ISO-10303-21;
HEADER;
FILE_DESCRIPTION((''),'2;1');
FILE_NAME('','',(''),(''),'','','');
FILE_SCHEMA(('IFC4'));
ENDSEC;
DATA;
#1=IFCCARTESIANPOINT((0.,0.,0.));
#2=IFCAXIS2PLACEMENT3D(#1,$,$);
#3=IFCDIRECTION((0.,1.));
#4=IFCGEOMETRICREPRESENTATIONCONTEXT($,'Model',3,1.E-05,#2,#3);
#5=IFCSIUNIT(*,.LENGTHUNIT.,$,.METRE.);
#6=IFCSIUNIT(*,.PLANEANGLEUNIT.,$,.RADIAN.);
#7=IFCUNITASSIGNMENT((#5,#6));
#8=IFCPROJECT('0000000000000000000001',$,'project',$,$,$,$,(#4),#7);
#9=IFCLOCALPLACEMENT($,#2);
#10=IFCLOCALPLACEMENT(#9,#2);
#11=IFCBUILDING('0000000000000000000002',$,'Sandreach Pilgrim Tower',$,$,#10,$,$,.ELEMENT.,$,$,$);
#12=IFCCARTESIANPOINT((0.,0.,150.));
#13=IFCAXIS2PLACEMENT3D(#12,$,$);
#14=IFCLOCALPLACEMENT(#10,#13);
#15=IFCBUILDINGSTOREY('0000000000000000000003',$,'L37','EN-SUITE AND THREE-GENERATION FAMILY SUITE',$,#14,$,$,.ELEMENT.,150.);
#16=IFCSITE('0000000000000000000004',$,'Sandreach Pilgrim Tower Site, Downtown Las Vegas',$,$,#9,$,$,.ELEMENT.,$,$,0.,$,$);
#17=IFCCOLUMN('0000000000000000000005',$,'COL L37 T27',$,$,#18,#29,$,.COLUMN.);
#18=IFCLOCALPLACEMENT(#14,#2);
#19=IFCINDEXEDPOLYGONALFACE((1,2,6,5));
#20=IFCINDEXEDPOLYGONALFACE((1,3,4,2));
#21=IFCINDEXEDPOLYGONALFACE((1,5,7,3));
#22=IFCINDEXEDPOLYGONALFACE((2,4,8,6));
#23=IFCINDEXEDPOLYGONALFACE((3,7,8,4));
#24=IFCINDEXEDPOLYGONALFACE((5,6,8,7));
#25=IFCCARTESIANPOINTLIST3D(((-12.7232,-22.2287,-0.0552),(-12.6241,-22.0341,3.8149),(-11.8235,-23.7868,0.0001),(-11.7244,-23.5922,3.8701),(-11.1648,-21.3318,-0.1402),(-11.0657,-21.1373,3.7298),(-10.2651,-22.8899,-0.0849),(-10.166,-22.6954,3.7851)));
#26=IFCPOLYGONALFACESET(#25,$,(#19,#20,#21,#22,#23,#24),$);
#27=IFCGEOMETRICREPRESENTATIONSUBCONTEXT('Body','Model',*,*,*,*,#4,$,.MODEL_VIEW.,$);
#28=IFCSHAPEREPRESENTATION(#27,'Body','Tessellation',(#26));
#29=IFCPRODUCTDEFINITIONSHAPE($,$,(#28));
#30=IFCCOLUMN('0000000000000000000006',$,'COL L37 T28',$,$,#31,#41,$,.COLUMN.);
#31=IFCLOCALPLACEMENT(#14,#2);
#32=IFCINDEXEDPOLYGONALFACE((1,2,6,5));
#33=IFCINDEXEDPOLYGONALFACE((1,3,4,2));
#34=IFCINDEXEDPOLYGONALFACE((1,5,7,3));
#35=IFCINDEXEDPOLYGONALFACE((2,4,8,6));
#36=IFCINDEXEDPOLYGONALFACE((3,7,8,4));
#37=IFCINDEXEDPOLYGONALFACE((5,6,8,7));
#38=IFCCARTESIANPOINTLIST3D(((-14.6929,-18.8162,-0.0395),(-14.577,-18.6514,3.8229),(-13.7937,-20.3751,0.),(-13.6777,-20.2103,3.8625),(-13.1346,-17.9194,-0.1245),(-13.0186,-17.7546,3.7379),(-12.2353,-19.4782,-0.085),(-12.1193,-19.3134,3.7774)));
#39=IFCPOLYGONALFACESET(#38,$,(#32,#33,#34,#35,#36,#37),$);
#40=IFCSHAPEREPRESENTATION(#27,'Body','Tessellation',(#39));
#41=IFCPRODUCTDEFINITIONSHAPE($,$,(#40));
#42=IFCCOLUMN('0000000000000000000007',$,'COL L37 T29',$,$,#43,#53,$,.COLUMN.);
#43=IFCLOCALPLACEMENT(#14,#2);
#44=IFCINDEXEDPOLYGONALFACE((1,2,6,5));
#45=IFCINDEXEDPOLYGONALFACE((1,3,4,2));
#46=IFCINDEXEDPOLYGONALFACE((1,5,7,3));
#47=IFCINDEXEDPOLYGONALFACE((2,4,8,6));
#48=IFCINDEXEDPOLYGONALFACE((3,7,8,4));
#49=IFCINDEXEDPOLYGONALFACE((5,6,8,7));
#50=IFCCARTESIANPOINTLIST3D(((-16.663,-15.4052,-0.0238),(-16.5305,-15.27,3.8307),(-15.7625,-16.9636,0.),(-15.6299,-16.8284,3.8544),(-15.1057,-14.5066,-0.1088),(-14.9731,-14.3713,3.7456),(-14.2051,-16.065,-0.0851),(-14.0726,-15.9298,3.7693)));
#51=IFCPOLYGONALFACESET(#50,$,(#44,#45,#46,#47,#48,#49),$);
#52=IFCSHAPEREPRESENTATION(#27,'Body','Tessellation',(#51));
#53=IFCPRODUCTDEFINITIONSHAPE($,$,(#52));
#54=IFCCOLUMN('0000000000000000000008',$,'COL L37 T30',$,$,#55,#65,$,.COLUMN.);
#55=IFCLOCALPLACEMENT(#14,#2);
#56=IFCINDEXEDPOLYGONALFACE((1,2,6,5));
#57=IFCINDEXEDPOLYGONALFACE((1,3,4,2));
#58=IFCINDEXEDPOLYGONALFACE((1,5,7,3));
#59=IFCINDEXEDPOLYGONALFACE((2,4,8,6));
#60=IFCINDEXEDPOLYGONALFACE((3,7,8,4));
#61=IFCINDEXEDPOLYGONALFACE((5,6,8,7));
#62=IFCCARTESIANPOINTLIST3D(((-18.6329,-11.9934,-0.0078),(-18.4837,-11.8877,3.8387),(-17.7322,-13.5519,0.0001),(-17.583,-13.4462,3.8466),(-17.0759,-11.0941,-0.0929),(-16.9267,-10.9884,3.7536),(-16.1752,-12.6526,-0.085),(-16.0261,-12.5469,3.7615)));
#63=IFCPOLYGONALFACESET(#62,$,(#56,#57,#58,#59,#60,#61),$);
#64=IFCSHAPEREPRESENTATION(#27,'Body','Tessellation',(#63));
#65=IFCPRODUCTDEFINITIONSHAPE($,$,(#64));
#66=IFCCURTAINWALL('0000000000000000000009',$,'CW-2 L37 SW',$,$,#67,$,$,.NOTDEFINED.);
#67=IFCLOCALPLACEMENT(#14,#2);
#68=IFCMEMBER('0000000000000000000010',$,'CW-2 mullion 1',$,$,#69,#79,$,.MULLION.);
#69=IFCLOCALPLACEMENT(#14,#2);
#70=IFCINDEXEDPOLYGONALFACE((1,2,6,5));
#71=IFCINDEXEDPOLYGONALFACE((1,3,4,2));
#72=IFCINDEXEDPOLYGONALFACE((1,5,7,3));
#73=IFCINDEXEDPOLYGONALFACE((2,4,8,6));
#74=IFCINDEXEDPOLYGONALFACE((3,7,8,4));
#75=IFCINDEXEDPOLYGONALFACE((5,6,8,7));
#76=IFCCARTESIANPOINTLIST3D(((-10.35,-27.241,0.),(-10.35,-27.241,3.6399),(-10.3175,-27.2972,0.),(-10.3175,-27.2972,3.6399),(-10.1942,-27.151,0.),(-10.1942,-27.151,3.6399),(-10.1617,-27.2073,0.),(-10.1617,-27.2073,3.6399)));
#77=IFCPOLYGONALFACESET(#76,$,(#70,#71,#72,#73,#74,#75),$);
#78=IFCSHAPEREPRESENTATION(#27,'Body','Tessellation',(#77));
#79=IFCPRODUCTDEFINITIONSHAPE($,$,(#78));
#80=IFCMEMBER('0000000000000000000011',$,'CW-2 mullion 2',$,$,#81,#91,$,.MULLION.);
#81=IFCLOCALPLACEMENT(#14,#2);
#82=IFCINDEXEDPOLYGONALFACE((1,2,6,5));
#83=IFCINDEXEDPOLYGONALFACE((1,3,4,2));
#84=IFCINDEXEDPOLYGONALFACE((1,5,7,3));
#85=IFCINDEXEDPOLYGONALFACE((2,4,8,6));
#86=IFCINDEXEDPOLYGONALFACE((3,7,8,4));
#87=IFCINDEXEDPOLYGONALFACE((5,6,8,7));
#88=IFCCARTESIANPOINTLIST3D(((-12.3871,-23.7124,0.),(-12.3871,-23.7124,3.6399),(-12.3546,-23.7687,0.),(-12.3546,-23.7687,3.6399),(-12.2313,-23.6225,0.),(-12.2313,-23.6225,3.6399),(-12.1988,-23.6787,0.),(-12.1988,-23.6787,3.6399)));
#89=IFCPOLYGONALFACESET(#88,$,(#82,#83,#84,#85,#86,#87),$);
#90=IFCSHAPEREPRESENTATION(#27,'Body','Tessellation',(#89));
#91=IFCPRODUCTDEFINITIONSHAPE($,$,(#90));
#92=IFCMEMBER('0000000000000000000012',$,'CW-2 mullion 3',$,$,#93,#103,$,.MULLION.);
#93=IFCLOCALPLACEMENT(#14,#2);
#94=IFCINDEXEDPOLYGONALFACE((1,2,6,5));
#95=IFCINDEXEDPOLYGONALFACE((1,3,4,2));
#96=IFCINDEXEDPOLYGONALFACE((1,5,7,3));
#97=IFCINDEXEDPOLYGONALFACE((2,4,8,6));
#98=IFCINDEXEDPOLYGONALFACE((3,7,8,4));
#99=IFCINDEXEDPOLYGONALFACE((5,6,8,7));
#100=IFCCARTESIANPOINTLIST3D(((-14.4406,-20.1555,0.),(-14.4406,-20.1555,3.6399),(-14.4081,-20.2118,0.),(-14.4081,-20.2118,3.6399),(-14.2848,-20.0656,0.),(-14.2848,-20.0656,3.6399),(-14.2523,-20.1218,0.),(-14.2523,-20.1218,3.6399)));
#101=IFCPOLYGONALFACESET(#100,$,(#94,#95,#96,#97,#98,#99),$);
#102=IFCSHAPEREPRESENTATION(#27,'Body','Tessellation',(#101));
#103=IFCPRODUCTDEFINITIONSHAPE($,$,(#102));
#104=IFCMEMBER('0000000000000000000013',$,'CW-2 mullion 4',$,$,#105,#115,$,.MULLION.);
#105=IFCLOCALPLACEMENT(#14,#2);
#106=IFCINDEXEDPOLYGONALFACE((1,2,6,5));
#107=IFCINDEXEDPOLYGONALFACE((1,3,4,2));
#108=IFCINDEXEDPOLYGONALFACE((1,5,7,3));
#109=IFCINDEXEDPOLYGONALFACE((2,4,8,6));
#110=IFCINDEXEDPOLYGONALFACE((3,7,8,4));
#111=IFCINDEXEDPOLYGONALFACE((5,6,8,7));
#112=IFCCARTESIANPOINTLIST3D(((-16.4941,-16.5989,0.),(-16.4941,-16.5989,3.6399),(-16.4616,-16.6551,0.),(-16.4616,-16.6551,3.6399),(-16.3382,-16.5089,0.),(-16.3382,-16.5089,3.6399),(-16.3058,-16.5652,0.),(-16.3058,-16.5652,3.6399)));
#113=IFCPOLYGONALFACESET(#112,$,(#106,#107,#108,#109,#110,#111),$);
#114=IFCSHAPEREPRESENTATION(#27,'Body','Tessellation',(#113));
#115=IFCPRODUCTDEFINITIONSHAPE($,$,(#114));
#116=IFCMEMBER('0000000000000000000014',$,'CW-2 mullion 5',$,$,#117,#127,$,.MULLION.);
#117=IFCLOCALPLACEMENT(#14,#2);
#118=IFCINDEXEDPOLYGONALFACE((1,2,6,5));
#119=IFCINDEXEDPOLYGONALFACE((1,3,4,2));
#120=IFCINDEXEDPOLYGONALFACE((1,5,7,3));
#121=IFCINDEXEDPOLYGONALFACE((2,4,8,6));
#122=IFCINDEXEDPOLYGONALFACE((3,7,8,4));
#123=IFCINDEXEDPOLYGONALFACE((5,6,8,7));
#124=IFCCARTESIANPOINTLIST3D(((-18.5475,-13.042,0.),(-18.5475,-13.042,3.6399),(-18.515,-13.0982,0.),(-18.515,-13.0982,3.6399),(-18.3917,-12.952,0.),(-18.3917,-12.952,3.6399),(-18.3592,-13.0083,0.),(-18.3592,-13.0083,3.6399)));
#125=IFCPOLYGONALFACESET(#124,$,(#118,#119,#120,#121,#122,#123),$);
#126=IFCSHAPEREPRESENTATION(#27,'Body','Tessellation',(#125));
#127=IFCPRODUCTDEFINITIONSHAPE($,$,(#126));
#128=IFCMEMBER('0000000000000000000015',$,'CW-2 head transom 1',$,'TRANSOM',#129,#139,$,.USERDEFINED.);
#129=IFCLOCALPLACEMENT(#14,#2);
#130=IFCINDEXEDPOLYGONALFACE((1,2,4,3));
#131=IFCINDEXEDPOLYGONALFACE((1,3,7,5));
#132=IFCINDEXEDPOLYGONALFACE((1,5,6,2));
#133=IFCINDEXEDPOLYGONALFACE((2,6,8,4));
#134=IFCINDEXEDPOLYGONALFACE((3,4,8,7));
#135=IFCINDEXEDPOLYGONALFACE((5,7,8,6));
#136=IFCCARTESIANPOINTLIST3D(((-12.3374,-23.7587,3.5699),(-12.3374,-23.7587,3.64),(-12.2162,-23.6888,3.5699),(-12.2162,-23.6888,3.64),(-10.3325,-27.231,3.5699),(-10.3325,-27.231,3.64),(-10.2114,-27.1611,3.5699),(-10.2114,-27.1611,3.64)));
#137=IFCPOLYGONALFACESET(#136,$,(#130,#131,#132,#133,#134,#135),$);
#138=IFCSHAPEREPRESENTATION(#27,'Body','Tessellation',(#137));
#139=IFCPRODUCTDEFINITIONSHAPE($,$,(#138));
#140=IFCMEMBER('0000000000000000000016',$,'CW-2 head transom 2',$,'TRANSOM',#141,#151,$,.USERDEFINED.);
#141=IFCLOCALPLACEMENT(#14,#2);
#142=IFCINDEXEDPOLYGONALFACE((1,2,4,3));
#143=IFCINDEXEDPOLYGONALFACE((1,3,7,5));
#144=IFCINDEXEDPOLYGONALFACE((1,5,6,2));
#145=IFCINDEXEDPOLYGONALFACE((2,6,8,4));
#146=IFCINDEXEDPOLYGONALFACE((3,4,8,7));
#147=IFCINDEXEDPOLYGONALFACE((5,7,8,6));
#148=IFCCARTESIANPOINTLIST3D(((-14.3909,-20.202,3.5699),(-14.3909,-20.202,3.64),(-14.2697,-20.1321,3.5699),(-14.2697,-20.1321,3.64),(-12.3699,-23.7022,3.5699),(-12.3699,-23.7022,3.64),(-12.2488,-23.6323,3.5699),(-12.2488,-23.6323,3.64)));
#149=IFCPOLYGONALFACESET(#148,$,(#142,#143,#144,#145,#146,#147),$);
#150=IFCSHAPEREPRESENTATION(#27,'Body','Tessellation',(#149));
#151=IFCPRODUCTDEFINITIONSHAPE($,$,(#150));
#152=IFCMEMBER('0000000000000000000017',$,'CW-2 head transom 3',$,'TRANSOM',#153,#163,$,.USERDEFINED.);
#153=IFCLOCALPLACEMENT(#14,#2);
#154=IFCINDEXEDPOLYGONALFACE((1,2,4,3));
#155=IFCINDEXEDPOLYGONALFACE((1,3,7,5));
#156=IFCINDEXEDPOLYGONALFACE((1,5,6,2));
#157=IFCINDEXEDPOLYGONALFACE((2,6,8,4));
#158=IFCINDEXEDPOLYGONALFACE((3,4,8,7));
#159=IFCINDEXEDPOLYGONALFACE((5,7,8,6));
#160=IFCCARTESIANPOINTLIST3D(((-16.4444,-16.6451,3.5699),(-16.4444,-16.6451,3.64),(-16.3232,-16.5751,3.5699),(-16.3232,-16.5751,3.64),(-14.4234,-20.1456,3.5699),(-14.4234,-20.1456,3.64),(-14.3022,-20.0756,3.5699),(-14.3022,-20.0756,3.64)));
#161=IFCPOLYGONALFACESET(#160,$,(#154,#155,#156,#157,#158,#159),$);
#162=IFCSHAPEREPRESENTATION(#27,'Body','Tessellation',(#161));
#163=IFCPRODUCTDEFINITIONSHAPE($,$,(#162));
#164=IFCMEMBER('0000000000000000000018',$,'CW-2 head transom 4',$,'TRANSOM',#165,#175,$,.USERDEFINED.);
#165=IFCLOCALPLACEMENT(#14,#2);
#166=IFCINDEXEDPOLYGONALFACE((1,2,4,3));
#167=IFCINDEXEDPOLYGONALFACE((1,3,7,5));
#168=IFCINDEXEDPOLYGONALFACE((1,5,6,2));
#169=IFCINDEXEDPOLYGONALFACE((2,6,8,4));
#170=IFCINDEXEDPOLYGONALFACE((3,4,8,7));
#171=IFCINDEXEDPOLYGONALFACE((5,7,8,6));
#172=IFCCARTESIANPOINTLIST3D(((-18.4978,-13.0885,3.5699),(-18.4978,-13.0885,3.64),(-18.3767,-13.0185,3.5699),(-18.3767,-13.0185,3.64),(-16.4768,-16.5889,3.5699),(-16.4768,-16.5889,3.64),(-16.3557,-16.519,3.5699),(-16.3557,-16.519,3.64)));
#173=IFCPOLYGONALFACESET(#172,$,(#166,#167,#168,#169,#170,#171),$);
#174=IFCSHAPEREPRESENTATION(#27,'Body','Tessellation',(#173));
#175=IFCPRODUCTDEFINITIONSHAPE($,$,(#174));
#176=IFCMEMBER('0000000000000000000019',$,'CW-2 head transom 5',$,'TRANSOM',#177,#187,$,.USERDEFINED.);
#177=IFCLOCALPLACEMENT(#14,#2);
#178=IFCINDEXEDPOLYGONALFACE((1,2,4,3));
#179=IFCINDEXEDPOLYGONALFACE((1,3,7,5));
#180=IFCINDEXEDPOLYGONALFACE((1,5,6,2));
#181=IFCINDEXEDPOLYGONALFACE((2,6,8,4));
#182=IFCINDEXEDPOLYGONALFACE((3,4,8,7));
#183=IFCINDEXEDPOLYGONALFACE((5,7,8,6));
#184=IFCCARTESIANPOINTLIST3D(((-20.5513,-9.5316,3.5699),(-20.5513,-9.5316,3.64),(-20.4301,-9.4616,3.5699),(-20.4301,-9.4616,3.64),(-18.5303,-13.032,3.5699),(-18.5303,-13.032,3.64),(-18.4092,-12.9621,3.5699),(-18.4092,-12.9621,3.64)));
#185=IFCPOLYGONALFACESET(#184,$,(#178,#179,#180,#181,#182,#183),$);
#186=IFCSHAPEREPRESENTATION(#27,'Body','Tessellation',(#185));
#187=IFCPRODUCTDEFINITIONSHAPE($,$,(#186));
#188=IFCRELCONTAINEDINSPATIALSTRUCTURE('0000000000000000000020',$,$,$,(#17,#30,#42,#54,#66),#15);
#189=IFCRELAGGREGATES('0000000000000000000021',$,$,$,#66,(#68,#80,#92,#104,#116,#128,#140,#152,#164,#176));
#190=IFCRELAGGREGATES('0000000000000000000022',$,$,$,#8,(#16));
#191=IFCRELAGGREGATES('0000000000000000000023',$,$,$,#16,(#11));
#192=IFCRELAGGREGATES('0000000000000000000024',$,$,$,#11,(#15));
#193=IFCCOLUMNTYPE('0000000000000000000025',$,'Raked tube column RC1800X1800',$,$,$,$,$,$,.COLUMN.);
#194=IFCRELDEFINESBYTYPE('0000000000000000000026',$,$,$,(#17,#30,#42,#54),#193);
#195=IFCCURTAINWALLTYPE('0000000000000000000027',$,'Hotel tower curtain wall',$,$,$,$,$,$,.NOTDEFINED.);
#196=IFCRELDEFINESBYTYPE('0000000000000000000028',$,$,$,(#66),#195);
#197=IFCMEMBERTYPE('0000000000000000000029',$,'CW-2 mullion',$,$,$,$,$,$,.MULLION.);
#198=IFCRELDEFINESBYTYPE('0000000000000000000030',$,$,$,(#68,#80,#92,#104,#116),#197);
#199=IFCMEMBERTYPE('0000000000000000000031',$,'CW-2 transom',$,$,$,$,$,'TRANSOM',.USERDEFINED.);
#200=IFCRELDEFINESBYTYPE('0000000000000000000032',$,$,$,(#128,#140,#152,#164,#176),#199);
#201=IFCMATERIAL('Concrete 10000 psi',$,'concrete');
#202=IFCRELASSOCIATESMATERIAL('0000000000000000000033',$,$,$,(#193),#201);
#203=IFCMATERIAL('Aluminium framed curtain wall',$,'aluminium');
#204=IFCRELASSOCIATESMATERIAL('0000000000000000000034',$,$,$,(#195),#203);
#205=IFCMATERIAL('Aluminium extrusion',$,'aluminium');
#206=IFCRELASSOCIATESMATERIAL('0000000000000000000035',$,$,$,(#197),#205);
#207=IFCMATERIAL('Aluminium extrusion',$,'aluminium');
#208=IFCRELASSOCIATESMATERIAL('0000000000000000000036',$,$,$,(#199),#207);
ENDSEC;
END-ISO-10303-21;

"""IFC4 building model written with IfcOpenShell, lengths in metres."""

from ifc_helpers import new_model, si_unit, direction, frame, origin, origin_2d, place, context, subcontext, project, spatial, rectangle, extrude, material, material_profile, profile_set, type_object, element, aggregate, save


model = new_model("IFC4")

# Units and contexts
model_context = context("Model", 3, precision=1e-05, world=origin(), true_north=direction((0.0, 1.0)))
body_context = subcontext(model_context, "Body", "Model", "MODEL_VIEW")
ifc_project = project(units=[si_unit("LENGTHUNIT", "METRE"), si_unit("PLANEANGLEUNIT", "RADIAN")], contexts=[model_context])

# Site, building, storey
site_placement = place(None, origin())
site = spatial("IfcSite", under=ifc_project, at=site_placement, Name="Sandreach Pilgrim Tower Site, Downtown Las Vegas", CompositionType="ELEMENT", RefElevation=0.0)
building_placement = place(site_placement, origin())
building = spatial("IfcBuilding", under=site, at=building_placement, Name="Sandreach Pilgrim Tower", CompositionType="ELEMENT")
storey_placement = place(building_placement, frame((0.0, 0.0, 150.0)))
storey = spatial("IfcBuildingStorey", under=building, at=storey_placement, Name="L37", Description="EN-SUITE AND THREE-GENERATION FAMILY SUITE", CompositionType="ELEMENT", Elevation=150.0)

# Columns
ifc_material_1 = material(Name="Concrete 10000 psi", Category="concrete")
ifc_material_profile_1 = material_profile(ifc_material_1, rectangle(XDim=1.8, YDim=1.8, at=origin_2d()), Name="RC1800X1800")
ifc_profile_set_1 = profile_set([ifc_material_profile_1], Name="Concrete 10000 psi")
column_type = type_object("IfcColumnType", Name="Raked tube column RC1800X1800", PredefinedType="COLUMN", material=ifc_profile_set_1)
column_1_placement = place(storey_placement, frame((-11.4941, -22.5593, -0.0701), z_axis=(0.025571, 0.050198, 0.998412), x_axis=(-0.865746, -0.498251, 0.047224)))
element("IfcColumn", 1, at=column_1_placement, inside=storey, type_object=column_type, Name="COL L37 T27", PredefinedType="COLUMN", context=body_context, shape_type="SweptSolid", body=[
    extrude(rectangle(XDim=1.8, YDim=1.8, at=origin_2d()), origin(), (0.0, 0.0, 1.0), 3.8762),
])
column_2_placement = place(storey_placement, frame((-13.4641, -19.1472, -0.0623), z_axis=(0.029985, 0.04261, 0.998642), x_axis=(-0.865748, -0.498245, 0.047253)))
element("IfcColumn", 2, at=column_2_placement, inside=storey, type_object=column_type, Name="COL L37 T28", PredefinedType="COLUMN", context=body_context, shape_type="SweptSolid", body=[
    extrude(rectangle(XDim=1.8, YDim=1.8, at=origin_2d()), origin(), (0.0, 0.0, 1.0), 3.8677),
])
column_3_placement = place(storey_placement, frame((-15.4341, -15.7351, -0.0544), z_axis=(0.034352, 0.035048, 0.998795), x_axis=(-0.865184, -0.499222, 0.047274)))
element("IfcColumn", 3, at=column_3_placement, inside=storey, type_object=column_type, Name="COL L37 T29", PredefinedType="COLUMN", context=body_context, shape_type="SweptSolid", body=[
    extrude(rectangle(XDim=1.8, YDim=1.8, at=origin_2d()), origin(), (0.0, 0.0, 1.0), 3.8591),
])
column_4_placement = place(storey_placement, frame((-17.4041, -12.323, -0.0464), z_axis=(0.038738, 0.027452, 0.998872), x_axis=(-0.864954, -0.49962, 0.047275)))
element("IfcColumn", 4, at=column_4_placement, inside=storey, type_object=column_type, Name="COL L37 T30", PredefinedType="COLUMN", context=body_context, shape_type="SweptSolid", body=[
    extrude(rectangle(XDim=1.8, YDim=1.8, at=origin_2d()), origin(), (0.0, 0.0, 1.0), 3.8508),
])

# Curtain wall, members
ifc_material_2 = material(Name="Aluminium framed curtain wall", Category="aluminium")
curtain_wall_type = type_object("IfcCurtainWallType", Name="Hotel tower curtain wall", PredefinedType="NOTDEFINED", material=ifc_material_2)
curtain_wall_placement = place(storey_placement, origin())
curtain_wall = element("IfcCurtainWall", 5, at=curtain_wall_placement, inside=storey, type_object=curtain_wall_type, Name="CW-2 L37 SW", PredefinedType="NOTDEFINED")
ifc_material_3 = material(Name="Aluminium extrusion", Category="aluminium")
ifc_material_profile_2 = material_profile(ifc_material_3, rectangle(XDim=0.0649, YDim=0.1799, at=origin_2d()), Name="CW-2M 65X180")
ifc_profile_set_2 = profile_set([ifc_material_profile_2], Name="Aluminium extrusion")
member_type_1 = type_object("IfcMemberType", Name="CW-2 mullion", PredefinedType="MULLION", material=ifc_profile_set_2)
member_1_placement = place(storey_placement, frame((-10.2559, -27.2241, 0.0), z_axis=(0.0, 0.0, 1.0), x_axis=(-0.5, 0.866025, 0.0)))
member_1 = element("IfcMember", 6, at=member_1_placement, type_object=member_type_1, Name="CW-2 mullion 1", PredefinedType="MULLION", context=body_context, shape_type="SweptSolid", body=[
    extrude(rectangle(XDim=0.0649, YDim=0.1799, at=origin_2d()), origin(), (0.0, 0.0, 1.0), 3.6399),
])
member_2_placement = place(storey_placement, frame((-12.293, -23.6956, 0.0), z_axis=(0.0, 0.0, 1.0), x_axis=(-0.5, 0.866025, 0.0)))
member_2 = element("IfcMember", 7, at=member_2_placement, type_object=member_type_1, Name="CW-2 mullion 2", PredefinedType="MULLION", context=body_context, shape_type="SweptSolid", body=[
    extrude(rectangle(XDim=0.0649, YDim=0.1799, at=origin_2d()), origin(), (0.0, 0.0, 1.0), 3.6399),
])
member_3_placement = place(storey_placement, frame((-14.3464, -20.1387, 0.0), z_axis=(0.0, 0.0, 1.0), x_axis=(-0.5, 0.866025, 0.0)))
member_3 = element("IfcMember", 8, at=member_3_placement, type_object=member_type_1, Name="CW-2 mullion 3", PredefinedType="MULLION", context=body_context, shape_type="SweptSolid", body=[
    extrude(rectangle(XDim=0.0649, YDim=0.1799, at=origin_2d()), origin(), (0.0, 0.0, 1.0), 3.6399),
])
member_4_placement = place(storey_placement, frame((-16.3999, -16.582, 0.0), z_axis=(0.0, 0.0, 1.0), x_axis=(-0.5, 0.866025, 0.0)))
member_4 = element("IfcMember", 9, at=member_4_placement, type_object=member_type_1, Name="CW-2 mullion 4", PredefinedType="MULLION", context=body_context, shape_type="SweptSolid", body=[
    extrude(rectangle(XDim=0.0649, YDim=0.1799, at=origin_2d()), origin(), (0.0, 0.0, 1.0), 3.6399),
])
member_5_placement = place(storey_placement, frame((-18.4534, -13.0251, 0.0), z_axis=(0.0, 0.0, 1.0), x_axis=(-0.5, 0.866025, 0.0)))
member_5 = element("IfcMember", 10, at=member_5_placement, type_object=member_type_1, Name="CW-2 mullion 5", PredefinedType="MULLION", context=body_context, shape_type="SweptSolid", body=[
    extrude(rectangle(XDim=0.0649, YDim=0.1799, at=origin_2d()), origin(), (0.0, 0.0, 1.0), 3.6399),
])
ifc_material_4 = material(Name="Aluminium extrusion", Category="aluminium")
ifc_material_profile_3 = material_profile(ifc_material_4, rectangle(XDim=0.1399, YDim=0.0701, at=origin_2d()), Name="CW-2T 140X70")
ifc_profile_set_3 = profile_set([ifc_material_profile_3], Name="Aluminium extrusion")
member_type_2 = type_object("IfcMemberType", Name="CW-2 transom", ElementType="TRANSOM", PredefinedType="USERDEFINED", material=ifc_profile_set_3)
member_6_placement = place(storey_placement, frame((-10.272, -27.196, 3.605), z_axis=(-0.500016, 0.866016, 0.0), x_axis=(-0.866016, -0.500016, 0.0)))
member_6 = element("IfcMember", 11, at=member_6_placement, type_object=member_type_2, Name="CW-2 head transom 1", ObjectType="TRANSOM", PredefinedType="USERDEFINED", context=body_context, shape_type="SweptSolid", body=[
    extrude(rectangle(XDim=0.1399, YDim=0.0701, at=origin_2d()), origin(), (0.0, 0.0, 1.0), 4.0095),
])
member_7_placement = place(storey_placement, frame((-12.3093, -23.6672, 3.605), z_axis=(-0.500024, 0.866012, 0.0), x_axis=(-0.866012, -0.500024, 0.0)))
member_7 = element("IfcMember", 12, at=member_7_placement, type_object=member_type_2, Name="CW-2 head transom 2", ObjectType="TRANSOM", PredefinedType="USERDEFINED", context=body_context, shape_type="SweptSolid", body=[
    extrude(rectangle(XDim=0.1399, YDim=0.0701, at=origin_2d()), origin(), (0.0, 0.0, 1.0), 4.0417),
])
member_8_placement = place(storey_placement, frame((-14.3628, -20.1106, 3.605), z_axis=(-0.499998, 0.866027, 0.0), x_axis=(-0.866027, -0.499998, 0.0)))
member_8 = element("IfcMember", 13, at=member_8_placement, type_object=member_type_2, Name="CW-2 head transom 3", ObjectType="TRANSOM", PredefinedType="USERDEFINED", context=body_context, shape_type="SweptSolid", body=[
    extrude(rectangle(XDim=0.1399, YDim=0.0701, at=origin_2d()), origin(), (0.0, 0.0, 1.0), 4.042),
])
member_9_placement = place(storey_placement, frame((-16.4163, -16.554, 3.605), z_axis=(-0.499998, 0.866027, 0.0), x_axis=(-0.866027, -0.499998, 0.0)))
member_9 = element("IfcMember", 14, at=member_9_placement, type_object=member_type_2, Name="CW-2 head transom 4", ObjectType="TRANSOM", PredefinedType="USERDEFINED", context=body_context, shape_type="SweptSolid", body=[
    extrude(rectangle(XDim=0.1399, YDim=0.0701, at=origin_2d()), origin(), (0.0, 0.0, 1.0), 4.042),
])
member_10_placement = place(storey_placement, frame((-18.4697, -12.9971, 3.605), z_axis=(-0.499998, 0.866027, 0.0), x_axis=(-0.866027, -0.499998, 0.0)))
member_10 = element("IfcMember", 15, at=member_10_placement, type_object=member_type_2, Name="CW-2 head transom 5", ObjectType="TRANSOM", PredefinedType="USERDEFINED", context=body_context, shape_type="SweptSolid", body=[
    extrude(rectangle(XDim=0.1399, YDim=0.0701, at=origin_2d()), origin(), (0.0, 0.0, 1.0), 4.042),
])

aggregate(curtain_wall, [member_1, member_2, member_3, member_4, member_5, member_6, member_7, member_8, member_9, member_10])

save(model, "model.ifc")
